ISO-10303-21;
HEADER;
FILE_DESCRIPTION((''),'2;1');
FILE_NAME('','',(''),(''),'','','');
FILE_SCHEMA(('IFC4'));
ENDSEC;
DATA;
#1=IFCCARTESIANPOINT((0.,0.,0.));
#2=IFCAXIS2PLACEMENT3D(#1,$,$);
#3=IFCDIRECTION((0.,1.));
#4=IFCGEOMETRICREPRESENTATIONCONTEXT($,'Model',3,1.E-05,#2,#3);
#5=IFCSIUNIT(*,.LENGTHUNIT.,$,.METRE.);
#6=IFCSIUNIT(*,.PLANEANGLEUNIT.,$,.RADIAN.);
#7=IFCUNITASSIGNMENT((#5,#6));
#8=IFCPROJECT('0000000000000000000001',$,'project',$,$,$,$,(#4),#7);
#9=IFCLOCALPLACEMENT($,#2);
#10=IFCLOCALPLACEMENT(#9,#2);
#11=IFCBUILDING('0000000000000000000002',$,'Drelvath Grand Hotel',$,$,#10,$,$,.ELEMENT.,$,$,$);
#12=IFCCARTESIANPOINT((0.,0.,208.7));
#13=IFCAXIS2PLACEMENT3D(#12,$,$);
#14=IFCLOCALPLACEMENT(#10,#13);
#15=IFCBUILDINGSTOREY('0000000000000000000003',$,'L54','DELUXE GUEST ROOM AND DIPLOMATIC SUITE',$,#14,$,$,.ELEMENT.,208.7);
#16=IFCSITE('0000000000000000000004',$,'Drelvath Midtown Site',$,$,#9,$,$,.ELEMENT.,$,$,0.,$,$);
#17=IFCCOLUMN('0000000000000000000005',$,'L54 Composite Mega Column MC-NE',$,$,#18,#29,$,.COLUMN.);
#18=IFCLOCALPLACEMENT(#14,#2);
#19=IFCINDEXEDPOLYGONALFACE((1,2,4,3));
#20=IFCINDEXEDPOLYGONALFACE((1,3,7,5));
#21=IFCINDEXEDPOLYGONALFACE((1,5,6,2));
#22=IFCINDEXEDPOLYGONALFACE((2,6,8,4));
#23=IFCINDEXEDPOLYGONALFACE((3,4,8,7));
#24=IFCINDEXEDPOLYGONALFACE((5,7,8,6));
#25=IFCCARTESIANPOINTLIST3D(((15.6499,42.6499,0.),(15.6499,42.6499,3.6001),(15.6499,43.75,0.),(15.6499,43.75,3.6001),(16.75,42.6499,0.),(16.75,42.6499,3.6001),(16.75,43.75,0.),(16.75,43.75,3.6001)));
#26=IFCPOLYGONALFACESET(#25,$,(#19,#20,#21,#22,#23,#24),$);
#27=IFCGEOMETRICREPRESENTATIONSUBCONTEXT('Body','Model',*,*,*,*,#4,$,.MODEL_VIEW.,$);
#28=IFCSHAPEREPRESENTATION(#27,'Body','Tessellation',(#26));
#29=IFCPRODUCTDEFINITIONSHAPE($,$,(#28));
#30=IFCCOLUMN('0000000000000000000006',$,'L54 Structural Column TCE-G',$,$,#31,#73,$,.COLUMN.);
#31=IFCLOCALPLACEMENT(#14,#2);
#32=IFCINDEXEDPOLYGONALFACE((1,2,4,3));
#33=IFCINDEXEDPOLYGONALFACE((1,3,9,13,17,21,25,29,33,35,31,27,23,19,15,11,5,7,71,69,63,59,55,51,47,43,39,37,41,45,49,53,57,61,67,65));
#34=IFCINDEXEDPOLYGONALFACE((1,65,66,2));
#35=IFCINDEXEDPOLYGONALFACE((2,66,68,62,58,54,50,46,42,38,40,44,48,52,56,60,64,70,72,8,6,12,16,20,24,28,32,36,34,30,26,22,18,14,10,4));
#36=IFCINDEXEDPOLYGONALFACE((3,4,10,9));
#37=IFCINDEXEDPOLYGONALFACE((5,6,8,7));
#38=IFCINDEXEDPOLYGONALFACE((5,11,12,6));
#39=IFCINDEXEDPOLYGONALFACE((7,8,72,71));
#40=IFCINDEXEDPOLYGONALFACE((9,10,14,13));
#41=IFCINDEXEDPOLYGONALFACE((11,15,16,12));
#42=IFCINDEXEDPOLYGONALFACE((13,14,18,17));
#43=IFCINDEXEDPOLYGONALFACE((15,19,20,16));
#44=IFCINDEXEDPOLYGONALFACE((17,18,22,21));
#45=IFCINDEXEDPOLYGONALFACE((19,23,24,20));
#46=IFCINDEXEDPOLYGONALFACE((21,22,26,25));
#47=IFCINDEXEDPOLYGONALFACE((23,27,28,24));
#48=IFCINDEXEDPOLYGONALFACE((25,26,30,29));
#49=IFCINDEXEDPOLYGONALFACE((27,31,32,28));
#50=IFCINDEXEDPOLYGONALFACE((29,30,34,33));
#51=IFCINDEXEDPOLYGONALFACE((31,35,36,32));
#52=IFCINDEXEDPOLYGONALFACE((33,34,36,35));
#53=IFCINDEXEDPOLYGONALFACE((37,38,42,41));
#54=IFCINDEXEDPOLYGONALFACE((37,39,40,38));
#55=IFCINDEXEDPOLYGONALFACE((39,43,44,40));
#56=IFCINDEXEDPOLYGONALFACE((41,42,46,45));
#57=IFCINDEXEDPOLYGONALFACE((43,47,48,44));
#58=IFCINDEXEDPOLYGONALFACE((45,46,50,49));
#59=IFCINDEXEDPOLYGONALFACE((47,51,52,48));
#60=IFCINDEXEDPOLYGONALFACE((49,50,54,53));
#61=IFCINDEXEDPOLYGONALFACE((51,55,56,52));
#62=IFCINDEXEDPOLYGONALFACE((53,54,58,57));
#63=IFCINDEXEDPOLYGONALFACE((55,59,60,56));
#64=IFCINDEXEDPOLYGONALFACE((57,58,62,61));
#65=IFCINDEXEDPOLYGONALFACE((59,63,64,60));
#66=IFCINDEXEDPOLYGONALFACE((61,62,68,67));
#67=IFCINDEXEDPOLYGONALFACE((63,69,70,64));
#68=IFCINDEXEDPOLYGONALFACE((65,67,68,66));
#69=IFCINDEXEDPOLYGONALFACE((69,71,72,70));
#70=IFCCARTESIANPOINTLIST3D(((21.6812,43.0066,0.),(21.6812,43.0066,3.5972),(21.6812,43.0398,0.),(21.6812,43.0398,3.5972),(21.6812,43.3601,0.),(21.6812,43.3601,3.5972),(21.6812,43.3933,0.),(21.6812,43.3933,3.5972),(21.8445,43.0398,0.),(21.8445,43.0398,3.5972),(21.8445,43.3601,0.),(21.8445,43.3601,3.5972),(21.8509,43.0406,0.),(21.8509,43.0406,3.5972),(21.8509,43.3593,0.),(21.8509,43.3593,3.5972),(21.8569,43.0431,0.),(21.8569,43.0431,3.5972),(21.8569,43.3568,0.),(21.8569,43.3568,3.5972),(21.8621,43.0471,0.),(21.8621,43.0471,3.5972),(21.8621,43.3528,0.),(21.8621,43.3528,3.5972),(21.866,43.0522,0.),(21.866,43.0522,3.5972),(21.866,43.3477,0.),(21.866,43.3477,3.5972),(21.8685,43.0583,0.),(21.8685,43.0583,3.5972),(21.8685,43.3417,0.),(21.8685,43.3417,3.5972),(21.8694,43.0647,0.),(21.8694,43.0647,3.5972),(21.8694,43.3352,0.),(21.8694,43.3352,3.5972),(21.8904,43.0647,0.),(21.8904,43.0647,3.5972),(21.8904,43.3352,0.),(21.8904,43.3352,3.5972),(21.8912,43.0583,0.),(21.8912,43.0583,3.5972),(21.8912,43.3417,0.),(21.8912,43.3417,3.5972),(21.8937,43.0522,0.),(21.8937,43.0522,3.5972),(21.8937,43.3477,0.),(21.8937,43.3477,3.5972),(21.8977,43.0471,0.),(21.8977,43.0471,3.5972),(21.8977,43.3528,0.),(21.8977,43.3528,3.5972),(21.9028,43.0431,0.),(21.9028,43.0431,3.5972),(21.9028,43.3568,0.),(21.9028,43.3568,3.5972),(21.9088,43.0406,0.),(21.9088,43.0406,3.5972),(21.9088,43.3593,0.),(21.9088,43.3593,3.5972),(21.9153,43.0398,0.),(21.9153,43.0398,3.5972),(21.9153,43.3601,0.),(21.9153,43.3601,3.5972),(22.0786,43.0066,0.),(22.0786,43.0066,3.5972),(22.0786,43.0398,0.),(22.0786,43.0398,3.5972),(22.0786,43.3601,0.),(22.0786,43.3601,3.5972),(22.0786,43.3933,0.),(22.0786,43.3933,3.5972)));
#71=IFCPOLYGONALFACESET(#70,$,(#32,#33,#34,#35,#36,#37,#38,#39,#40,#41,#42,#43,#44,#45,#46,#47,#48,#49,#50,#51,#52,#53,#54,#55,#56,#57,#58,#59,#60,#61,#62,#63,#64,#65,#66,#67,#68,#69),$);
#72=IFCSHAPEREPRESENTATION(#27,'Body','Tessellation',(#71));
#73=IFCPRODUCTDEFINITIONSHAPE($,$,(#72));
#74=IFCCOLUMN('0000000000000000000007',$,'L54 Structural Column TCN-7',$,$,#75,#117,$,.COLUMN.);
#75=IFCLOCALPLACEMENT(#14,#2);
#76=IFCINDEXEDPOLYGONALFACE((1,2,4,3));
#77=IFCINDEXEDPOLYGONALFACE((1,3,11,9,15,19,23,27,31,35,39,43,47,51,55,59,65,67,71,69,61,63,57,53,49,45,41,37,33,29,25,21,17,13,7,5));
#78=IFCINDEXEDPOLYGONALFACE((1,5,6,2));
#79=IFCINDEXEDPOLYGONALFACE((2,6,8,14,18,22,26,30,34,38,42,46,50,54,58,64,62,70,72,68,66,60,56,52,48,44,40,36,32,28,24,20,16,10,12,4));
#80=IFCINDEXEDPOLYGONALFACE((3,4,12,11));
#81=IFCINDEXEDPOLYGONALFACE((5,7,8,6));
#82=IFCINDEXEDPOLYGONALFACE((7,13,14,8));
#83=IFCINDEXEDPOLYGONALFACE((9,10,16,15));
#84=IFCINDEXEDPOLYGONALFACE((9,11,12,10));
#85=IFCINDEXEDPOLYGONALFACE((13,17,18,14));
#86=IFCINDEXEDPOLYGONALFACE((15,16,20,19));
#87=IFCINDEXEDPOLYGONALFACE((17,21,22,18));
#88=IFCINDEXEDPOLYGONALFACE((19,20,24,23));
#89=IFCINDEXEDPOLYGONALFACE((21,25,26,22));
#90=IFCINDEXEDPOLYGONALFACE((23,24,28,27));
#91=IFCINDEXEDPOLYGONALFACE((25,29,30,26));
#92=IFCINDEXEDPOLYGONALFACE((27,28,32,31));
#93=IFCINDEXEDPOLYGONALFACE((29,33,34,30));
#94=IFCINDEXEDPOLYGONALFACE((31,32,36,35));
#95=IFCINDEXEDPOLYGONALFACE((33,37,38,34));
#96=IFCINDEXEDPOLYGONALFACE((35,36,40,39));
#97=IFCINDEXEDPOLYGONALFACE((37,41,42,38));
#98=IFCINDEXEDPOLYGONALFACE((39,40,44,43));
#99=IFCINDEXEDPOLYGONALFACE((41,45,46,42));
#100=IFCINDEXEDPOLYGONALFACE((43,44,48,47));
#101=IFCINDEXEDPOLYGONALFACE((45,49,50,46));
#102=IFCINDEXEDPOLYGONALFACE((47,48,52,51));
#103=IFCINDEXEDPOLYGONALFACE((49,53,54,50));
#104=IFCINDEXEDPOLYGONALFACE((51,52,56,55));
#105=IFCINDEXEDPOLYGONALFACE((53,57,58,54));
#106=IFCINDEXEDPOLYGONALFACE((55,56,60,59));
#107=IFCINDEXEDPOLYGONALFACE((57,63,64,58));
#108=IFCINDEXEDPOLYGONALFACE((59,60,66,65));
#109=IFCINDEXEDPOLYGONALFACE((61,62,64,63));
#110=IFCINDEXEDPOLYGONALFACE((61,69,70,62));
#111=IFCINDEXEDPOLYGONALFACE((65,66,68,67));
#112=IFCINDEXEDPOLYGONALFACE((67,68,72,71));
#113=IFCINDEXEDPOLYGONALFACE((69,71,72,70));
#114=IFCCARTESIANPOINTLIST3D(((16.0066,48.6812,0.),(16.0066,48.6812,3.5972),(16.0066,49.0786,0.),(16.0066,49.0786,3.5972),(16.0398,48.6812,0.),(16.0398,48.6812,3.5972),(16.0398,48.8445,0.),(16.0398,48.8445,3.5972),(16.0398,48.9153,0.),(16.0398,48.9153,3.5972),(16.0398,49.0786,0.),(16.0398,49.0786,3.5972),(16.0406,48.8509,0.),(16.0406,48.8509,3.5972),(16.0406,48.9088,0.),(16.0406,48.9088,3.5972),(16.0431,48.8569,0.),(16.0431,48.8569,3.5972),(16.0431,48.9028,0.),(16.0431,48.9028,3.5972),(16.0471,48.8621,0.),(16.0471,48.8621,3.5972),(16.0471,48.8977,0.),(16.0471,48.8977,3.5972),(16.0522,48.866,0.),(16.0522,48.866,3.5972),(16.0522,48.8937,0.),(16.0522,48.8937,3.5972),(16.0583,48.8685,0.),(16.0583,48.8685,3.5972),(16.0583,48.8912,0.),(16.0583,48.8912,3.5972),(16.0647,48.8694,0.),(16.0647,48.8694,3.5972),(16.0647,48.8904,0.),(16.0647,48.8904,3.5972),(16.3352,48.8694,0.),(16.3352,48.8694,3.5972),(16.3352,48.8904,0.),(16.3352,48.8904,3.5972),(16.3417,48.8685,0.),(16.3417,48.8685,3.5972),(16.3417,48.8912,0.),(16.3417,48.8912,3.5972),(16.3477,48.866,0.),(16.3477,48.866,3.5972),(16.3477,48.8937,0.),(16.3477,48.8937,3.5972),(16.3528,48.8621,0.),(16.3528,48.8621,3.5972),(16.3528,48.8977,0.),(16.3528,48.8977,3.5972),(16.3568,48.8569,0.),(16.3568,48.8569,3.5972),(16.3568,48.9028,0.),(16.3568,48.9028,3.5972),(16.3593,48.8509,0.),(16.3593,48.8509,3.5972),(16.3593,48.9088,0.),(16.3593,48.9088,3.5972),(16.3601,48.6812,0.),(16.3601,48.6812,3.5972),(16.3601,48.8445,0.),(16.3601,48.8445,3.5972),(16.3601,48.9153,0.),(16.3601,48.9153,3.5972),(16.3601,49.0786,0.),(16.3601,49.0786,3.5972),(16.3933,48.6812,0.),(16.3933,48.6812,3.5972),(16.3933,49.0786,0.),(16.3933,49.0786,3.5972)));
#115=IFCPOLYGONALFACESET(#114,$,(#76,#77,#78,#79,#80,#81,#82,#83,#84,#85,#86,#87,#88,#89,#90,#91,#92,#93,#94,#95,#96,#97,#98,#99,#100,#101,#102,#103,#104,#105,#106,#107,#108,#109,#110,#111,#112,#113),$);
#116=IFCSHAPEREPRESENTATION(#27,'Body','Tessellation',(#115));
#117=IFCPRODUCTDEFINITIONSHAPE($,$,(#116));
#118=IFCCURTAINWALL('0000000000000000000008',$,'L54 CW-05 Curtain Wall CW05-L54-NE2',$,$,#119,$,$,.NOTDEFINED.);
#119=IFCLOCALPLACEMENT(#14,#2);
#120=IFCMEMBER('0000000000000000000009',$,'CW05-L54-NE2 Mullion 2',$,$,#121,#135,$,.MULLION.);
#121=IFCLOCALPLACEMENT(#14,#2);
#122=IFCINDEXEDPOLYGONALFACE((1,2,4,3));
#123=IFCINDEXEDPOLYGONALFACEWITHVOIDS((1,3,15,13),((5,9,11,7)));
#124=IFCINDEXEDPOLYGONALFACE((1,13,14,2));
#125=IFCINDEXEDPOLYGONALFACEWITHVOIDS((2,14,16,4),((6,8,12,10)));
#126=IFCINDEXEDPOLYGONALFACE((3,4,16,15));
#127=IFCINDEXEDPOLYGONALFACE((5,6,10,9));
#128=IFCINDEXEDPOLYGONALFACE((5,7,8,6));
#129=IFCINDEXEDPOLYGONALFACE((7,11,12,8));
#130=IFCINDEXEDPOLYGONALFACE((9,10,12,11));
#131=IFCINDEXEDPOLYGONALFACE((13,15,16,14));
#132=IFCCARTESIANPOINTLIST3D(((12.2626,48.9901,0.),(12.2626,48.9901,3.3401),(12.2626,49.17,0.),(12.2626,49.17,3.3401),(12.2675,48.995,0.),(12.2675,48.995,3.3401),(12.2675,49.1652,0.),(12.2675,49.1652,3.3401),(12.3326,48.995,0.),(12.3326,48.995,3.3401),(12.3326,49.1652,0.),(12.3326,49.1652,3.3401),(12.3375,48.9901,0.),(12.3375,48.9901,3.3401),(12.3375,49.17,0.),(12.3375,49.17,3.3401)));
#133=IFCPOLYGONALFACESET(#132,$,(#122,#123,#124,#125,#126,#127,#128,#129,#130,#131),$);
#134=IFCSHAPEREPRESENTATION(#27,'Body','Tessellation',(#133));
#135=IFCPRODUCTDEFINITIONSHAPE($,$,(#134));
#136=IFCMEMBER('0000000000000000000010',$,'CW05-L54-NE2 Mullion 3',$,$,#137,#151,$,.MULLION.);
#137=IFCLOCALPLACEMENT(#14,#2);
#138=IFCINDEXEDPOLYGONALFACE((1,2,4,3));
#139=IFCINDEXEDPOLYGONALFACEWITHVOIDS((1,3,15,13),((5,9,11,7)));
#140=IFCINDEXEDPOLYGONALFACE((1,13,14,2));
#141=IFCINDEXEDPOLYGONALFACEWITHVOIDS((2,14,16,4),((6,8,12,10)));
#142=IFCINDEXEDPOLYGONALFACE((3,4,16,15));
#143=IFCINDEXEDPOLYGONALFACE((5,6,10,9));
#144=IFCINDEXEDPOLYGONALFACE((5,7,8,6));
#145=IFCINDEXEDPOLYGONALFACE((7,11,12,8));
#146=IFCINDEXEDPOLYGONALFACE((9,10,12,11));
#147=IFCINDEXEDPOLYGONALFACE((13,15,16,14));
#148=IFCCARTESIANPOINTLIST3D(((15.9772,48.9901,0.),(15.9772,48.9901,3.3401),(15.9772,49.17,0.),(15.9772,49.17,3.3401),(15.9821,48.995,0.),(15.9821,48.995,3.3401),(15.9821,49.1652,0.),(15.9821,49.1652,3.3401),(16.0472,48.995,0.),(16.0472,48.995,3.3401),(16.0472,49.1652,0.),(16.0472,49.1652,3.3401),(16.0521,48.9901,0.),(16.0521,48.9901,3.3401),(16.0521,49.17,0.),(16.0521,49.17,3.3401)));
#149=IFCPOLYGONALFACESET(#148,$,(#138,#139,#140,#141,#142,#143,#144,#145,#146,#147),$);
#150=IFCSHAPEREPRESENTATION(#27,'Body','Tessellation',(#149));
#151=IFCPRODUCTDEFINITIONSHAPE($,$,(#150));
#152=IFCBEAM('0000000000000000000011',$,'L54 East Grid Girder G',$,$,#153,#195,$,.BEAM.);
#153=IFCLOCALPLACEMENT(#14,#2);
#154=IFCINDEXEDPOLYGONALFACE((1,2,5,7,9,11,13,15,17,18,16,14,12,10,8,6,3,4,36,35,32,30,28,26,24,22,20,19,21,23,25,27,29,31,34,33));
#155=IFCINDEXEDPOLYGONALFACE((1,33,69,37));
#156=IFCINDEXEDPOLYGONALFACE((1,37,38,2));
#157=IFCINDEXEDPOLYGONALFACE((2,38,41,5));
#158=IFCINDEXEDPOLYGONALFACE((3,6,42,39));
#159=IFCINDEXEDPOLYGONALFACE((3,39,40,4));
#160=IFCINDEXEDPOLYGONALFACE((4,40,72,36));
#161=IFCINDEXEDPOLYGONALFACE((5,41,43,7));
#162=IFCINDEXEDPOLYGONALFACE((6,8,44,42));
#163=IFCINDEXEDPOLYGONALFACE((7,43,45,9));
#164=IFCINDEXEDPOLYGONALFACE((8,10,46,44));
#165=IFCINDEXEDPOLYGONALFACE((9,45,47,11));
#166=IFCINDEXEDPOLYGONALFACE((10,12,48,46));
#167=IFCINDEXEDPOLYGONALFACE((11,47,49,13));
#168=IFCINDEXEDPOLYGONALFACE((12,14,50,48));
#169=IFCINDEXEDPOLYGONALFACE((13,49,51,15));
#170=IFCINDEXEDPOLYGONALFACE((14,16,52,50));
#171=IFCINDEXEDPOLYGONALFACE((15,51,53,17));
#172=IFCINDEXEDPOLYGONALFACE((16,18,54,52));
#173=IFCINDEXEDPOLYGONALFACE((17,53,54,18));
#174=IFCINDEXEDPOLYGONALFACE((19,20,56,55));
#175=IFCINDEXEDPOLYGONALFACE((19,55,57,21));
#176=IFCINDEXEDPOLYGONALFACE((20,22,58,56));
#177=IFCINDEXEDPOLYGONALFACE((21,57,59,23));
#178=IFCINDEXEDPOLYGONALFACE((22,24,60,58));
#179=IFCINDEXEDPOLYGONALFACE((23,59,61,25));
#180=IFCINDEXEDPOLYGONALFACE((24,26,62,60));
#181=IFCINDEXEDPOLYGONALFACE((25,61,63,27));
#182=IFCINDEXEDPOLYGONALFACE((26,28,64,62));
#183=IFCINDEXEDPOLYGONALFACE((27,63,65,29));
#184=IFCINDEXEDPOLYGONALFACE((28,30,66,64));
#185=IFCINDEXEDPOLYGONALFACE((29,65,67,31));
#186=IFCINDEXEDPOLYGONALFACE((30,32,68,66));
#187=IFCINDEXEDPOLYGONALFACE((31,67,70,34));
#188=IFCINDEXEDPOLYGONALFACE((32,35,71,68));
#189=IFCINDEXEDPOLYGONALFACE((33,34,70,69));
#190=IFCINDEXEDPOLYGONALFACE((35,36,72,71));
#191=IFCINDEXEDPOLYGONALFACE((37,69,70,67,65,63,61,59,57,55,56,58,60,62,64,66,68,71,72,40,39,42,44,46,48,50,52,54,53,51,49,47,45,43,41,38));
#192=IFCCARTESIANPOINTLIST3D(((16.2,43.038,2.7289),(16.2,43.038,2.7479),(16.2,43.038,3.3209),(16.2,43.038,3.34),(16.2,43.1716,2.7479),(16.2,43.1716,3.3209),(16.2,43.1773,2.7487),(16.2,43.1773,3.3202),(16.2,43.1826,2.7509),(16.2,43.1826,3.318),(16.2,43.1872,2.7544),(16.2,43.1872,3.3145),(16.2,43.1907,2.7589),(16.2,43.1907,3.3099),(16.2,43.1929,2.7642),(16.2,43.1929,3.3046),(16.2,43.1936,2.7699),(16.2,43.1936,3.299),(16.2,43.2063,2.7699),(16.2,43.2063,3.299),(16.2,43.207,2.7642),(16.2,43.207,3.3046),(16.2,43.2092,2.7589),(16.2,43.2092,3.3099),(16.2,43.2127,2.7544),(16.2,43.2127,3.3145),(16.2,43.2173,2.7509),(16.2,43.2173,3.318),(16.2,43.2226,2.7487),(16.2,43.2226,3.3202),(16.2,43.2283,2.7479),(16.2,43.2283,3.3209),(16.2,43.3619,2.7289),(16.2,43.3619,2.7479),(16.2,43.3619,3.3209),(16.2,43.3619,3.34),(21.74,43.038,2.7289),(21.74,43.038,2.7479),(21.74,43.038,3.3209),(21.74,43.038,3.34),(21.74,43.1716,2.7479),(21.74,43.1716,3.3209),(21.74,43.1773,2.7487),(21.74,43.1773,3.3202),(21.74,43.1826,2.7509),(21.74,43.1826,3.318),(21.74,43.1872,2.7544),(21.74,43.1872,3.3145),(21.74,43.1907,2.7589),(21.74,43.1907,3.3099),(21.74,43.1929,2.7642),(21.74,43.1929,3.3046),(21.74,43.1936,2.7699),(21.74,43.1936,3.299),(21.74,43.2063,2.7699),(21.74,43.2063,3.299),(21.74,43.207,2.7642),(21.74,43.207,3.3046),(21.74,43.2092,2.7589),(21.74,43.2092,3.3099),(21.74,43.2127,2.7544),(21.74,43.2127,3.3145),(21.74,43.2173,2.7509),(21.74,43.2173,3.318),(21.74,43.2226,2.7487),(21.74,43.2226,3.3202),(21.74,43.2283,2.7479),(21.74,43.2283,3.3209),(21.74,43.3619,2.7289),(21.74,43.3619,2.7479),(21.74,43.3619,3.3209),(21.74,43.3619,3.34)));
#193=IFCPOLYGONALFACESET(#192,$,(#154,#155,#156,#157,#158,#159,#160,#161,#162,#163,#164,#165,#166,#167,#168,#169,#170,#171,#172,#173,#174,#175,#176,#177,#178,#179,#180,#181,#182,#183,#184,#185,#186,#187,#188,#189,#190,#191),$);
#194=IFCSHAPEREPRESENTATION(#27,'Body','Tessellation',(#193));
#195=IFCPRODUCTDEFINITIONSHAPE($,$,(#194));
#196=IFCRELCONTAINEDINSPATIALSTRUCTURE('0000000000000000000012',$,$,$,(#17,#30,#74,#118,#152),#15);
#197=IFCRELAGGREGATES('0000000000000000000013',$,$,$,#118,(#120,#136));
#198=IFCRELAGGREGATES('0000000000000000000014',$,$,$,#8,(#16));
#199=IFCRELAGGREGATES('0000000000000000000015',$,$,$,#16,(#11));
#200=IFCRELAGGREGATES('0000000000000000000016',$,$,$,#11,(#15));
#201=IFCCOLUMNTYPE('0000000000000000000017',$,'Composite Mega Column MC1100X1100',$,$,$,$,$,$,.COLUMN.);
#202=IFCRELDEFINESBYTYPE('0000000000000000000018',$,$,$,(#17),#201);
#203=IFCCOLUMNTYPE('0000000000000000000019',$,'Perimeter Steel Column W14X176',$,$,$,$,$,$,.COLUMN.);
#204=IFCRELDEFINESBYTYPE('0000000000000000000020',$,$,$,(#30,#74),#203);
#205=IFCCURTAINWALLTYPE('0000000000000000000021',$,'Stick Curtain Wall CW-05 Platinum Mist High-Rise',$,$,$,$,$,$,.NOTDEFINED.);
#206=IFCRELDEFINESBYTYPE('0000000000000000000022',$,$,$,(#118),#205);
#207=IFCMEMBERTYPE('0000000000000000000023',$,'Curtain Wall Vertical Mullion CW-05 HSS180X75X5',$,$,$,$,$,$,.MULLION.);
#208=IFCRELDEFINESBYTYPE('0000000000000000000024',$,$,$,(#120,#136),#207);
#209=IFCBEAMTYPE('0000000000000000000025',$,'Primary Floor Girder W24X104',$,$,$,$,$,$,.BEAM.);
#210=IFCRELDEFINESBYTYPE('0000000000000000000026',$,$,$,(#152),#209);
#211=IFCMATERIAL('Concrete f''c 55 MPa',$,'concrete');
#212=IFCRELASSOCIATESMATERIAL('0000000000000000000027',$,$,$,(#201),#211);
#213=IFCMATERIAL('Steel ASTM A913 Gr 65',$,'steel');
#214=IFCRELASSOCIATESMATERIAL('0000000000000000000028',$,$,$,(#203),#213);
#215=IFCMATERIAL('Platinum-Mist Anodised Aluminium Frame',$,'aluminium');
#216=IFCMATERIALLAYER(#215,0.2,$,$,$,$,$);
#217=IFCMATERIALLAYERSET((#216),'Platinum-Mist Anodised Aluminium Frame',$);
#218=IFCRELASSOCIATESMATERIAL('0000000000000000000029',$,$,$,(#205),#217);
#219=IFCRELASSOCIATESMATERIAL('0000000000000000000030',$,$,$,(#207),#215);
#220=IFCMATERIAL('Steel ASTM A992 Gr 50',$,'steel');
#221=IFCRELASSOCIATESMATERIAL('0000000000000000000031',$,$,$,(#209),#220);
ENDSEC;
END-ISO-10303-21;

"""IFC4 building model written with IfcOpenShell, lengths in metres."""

from ifc_helpers import new_model, si_unit, direction, frame, origin, origin_2d, place, context, subcontext, project, spatial, rectangle, hollow_rectangle, i_section, extrude, material, layer, layer_set, material_profile, profile_set, type_object, element, aggregate, save


model = new_model("IFC4")

# Units and contexts
model_context = context("Model", 3, precision=1e-05, world=origin(), true_north=direction((0.0, 1.0)))
body_context = subcontext(model_context, "Body", "Model", "MODEL_VIEW")
ifc_project = project(units=[si_unit("LENGTHUNIT", "METRE"), si_unit("PLANEANGLEUNIT", "RADIAN")], contexts=[model_context])

# Site, building, storey
site_placement = place(None, origin())
site = spatial("IfcSite", under=ifc_project, at=site_placement, Name="Drelvath Midtown Site", CompositionType="ELEMENT", RefElevation=0.0)
building_placement = place(site_placement, origin())
building = spatial("IfcBuilding", under=site, at=building_placement, Name="Drelvath Grand Hotel", CompositionType="ELEMENT")
storey_placement = place(building_placement, frame((0.0, 0.0, 208.7)))
storey = spatial("IfcBuildingStorey", under=building, at=storey_placement, Name="L54", Description="DELUXE GUEST ROOM AND DIPLOMATIC SUITE", CompositionType="ELEMENT", Elevation=208.7)

# Columns
ifc_material_1 = material(Name="Concrete f'c 55 MPa", Category="concrete")
ifc_material_profile_1 = material_profile(ifc_material_1, rectangle(XDim=1.1001, YDim=1.1001, at=origin_2d()), Name="MC1100X1100")
ifc_profile_set_1 = profile_set([ifc_material_profile_1], Name="Concrete f'c 55 MPa")
column_type_1 = type_object("IfcColumnType", Name="Composite Mega Column MC1100X1100", PredefinedType="COLUMN", material=ifc_profile_set_1)
column_placement = place(storey_placement, frame((16.2, 43.2, 0.0), z_axis=(0.0, 0.0, 1.0), x_axis=(1.0, 0.0, 0.0)))
element("IfcColumn", 1, at=column_placement, inside=storey, type_object=column_type_1, Name="L54 Composite Mega Column MC-NE", PredefinedType="COLUMN", context=body_context, shape_type="SweptSolid", body=[
    extrude(rectangle(XDim=1.1001, YDim=1.1001, at=origin_2d()), origin(), (0.0, 0.0, 1.0), 3.6001),
])
ifc_material_2 = material(Name="Steel ASTM A913 Gr 65", Category="steel")
ifc_material_profile_2 = material_profile(ifc_material_2, i_section(OverallWidth=0.3975, OverallDepth=0.3867, WebThickness=0.021, FlangeThickness=0.0332, FilletRadius=0.0249, at=origin_2d()), Name="W14X176")
ifc_profile_set_2 = profile_set([ifc_material_profile_2], Name="Steel ASTM A913 Gr 65")
column_type_2 = type_object("IfcColumnType", Name="Perimeter Steel Column W14X176", PredefinedType="COLUMN", material=ifc_profile_set_2)
for number, where, z_axis, x_axis, name in (
    (2, (21.8799, 43.2, 0.0), (0.0, 0.0, 1.0), (1.0, 0.0, 0.0), "L54 Structural Column TCE-G"),
    (3, (16.2, 48.8799, 0.0), (0.0, 0.0, 1.0), (0.0, 1.0, 0.0), "L54 Structural Column TCN-7"),
):
    element("IfcColumn", number, at=place(storey_placement, frame(where, z_axis=z_axis, x_axis=x_axis)), inside=storey, type_object=column_type_2, Name=name, PredefinedType="COLUMN", context=body_context, shape_type="SweptSolid", body=[
        extrude(i_section(OverallWidth=0.3975, OverallDepth=0.3867, WebThickness=0.021, FlangeThickness=0.0332, FilletRadius=0.0249, at=origin_2d()), origin(), (0.0, 0.0, 1.0), 3.5972),
    ])

# Curtain wall, members
ifc_material_3 = material(Name="Platinum-Mist Anodised Aluminium Frame", Category="aluminium")
ifc_layer_1 = layer(ifc_material_3, 0.2)
ifc_layer_set_1 = layer_set([ifc_layer_1], Name="Platinum-Mist Anodised Aluminium Frame")
curtain_wall_type = type_object("IfcCurtainWallType", Name="Stick Curtain Wall CW-05 Platinum Mist High-Rise", PredefinedType="NOTDEFINED", material=ifc_layer_set_1)
curtain_wall_placement = place(storey_placement, origin())
curtain_wall = element("IfcCurtainWall", 4, at=curtain_wall_placement, inside=storey, type_object=curtain_wall_type, Name="L54 CW-05 Curtain Wall CW05-L54-NE2", PredefinedType="NOTDEFINED")
ifc_material_profile_3 = material_profile(ifc_material_3, hollow_rectangle(XDim=0.075, YDim=0.1799, WallThickness=0.0049, at=origin_2d()), Name="HSS180X75X5")
ifc_profile_set_3 = profile_set([ifc_material_profile_3], Name="Platinum-Mist Anodised Aluminium Frame")
member_type = type_object("IfcMemberType", Name="Curtain Wall Vertical Mullion CW-05 HSS180X75X5", PredefinedType="MULLION", material=ifc_profile_set_3)
member_1_placement = place(storey_placement, frame((12.3, 49.0801, 0.0), z_axis=(0.0, 0.0, 1.0), x_axis=(1.0, 0.0, 0.0)))
member_1 = element("IfcMember", 5, at=member_1_placement, type_object=member_type, Name="CW05-L54-NE2 Mullion 2", PredefinedType="MULLION", context=body_context, shape_type="SweptSolid", body=[
    extrude(hollow_rectangle(XDim=0.075, YDim=0.1799, WallThickness=0.0049, at=origin_2d()), origin(), (0.0, 0.0, 1.0), 3.3401),
])
member_2_placement = place(storey_placement, frame((16.0146, 49.0801, 0.0), z_axis=(0.0, 0.0, 1.0), x_axis=(1.0, 0.0, 0.0)))
member_2 = element("IfcMember", 6, at=member_2_placement, type_object=member_type, Name="CW05-L54-NE2 Mullion 3", PredefinedType="MULLION", context=body_context, shape_type="SweptSolid", body=[
    extrude(hollow_rectangle(XDim=0.075, YDim=0.1799, WallThickness=0.0049, at=origin_2d()), origin(), (0.0, 0.0, 1.0), 3.3401),
])

# Beam
ifc_material_4 = material(Name="Steel ASTM A992 Gr 50", Category="steel")
ifc_material_profile_4 = material_profile(ifc_material_4, i_section(OverallWidth=0.324, OverallDepth=0.6111, WebThickness=0.0127, FlangeThickness=0.019, FilletRadius=0.022, at=origin_2d()), Name="W24X104")
ifc_profile_set_4 = profile_set([ifc_material_profile_4], Name="Steel ASTM A992 Gr 50")
beam_type = type_object("IfcBeamType", Name="Primary Floor Girder W24X104", PredefinedType="BEAM", material=ifc_profile_set_4)
for number, where, z_axis, x_axis, name in (
    (7, (16.2, 43.2, 3.0344), (1.0, 0.0, 0.0), (0.0, 1.0, 0.0), "L54 East Grid Girder G"),
):
    element("IfcBeam", number, at=place(storey_placement, frame(where, z_axis=z_axis, x_axis=x_axis)), inside=storey, type_object=beam_type, Name=name, PredefinedType="BEAM", context=body_context, shape_type="SweptSolid", body=[
        extrude(i_section(OverallWidth=0.324, OverallDepth=0.6111, WebThickness=0.0127, FlangeThickness=0.019, FilletRadius=0.022, at=origin_2d()), origin(), (0.0, 0.0, 1.0), 5.54),
    ])

aggregate(curtain_wall, [member_1, member_2])

save(model, "model.ifc")
